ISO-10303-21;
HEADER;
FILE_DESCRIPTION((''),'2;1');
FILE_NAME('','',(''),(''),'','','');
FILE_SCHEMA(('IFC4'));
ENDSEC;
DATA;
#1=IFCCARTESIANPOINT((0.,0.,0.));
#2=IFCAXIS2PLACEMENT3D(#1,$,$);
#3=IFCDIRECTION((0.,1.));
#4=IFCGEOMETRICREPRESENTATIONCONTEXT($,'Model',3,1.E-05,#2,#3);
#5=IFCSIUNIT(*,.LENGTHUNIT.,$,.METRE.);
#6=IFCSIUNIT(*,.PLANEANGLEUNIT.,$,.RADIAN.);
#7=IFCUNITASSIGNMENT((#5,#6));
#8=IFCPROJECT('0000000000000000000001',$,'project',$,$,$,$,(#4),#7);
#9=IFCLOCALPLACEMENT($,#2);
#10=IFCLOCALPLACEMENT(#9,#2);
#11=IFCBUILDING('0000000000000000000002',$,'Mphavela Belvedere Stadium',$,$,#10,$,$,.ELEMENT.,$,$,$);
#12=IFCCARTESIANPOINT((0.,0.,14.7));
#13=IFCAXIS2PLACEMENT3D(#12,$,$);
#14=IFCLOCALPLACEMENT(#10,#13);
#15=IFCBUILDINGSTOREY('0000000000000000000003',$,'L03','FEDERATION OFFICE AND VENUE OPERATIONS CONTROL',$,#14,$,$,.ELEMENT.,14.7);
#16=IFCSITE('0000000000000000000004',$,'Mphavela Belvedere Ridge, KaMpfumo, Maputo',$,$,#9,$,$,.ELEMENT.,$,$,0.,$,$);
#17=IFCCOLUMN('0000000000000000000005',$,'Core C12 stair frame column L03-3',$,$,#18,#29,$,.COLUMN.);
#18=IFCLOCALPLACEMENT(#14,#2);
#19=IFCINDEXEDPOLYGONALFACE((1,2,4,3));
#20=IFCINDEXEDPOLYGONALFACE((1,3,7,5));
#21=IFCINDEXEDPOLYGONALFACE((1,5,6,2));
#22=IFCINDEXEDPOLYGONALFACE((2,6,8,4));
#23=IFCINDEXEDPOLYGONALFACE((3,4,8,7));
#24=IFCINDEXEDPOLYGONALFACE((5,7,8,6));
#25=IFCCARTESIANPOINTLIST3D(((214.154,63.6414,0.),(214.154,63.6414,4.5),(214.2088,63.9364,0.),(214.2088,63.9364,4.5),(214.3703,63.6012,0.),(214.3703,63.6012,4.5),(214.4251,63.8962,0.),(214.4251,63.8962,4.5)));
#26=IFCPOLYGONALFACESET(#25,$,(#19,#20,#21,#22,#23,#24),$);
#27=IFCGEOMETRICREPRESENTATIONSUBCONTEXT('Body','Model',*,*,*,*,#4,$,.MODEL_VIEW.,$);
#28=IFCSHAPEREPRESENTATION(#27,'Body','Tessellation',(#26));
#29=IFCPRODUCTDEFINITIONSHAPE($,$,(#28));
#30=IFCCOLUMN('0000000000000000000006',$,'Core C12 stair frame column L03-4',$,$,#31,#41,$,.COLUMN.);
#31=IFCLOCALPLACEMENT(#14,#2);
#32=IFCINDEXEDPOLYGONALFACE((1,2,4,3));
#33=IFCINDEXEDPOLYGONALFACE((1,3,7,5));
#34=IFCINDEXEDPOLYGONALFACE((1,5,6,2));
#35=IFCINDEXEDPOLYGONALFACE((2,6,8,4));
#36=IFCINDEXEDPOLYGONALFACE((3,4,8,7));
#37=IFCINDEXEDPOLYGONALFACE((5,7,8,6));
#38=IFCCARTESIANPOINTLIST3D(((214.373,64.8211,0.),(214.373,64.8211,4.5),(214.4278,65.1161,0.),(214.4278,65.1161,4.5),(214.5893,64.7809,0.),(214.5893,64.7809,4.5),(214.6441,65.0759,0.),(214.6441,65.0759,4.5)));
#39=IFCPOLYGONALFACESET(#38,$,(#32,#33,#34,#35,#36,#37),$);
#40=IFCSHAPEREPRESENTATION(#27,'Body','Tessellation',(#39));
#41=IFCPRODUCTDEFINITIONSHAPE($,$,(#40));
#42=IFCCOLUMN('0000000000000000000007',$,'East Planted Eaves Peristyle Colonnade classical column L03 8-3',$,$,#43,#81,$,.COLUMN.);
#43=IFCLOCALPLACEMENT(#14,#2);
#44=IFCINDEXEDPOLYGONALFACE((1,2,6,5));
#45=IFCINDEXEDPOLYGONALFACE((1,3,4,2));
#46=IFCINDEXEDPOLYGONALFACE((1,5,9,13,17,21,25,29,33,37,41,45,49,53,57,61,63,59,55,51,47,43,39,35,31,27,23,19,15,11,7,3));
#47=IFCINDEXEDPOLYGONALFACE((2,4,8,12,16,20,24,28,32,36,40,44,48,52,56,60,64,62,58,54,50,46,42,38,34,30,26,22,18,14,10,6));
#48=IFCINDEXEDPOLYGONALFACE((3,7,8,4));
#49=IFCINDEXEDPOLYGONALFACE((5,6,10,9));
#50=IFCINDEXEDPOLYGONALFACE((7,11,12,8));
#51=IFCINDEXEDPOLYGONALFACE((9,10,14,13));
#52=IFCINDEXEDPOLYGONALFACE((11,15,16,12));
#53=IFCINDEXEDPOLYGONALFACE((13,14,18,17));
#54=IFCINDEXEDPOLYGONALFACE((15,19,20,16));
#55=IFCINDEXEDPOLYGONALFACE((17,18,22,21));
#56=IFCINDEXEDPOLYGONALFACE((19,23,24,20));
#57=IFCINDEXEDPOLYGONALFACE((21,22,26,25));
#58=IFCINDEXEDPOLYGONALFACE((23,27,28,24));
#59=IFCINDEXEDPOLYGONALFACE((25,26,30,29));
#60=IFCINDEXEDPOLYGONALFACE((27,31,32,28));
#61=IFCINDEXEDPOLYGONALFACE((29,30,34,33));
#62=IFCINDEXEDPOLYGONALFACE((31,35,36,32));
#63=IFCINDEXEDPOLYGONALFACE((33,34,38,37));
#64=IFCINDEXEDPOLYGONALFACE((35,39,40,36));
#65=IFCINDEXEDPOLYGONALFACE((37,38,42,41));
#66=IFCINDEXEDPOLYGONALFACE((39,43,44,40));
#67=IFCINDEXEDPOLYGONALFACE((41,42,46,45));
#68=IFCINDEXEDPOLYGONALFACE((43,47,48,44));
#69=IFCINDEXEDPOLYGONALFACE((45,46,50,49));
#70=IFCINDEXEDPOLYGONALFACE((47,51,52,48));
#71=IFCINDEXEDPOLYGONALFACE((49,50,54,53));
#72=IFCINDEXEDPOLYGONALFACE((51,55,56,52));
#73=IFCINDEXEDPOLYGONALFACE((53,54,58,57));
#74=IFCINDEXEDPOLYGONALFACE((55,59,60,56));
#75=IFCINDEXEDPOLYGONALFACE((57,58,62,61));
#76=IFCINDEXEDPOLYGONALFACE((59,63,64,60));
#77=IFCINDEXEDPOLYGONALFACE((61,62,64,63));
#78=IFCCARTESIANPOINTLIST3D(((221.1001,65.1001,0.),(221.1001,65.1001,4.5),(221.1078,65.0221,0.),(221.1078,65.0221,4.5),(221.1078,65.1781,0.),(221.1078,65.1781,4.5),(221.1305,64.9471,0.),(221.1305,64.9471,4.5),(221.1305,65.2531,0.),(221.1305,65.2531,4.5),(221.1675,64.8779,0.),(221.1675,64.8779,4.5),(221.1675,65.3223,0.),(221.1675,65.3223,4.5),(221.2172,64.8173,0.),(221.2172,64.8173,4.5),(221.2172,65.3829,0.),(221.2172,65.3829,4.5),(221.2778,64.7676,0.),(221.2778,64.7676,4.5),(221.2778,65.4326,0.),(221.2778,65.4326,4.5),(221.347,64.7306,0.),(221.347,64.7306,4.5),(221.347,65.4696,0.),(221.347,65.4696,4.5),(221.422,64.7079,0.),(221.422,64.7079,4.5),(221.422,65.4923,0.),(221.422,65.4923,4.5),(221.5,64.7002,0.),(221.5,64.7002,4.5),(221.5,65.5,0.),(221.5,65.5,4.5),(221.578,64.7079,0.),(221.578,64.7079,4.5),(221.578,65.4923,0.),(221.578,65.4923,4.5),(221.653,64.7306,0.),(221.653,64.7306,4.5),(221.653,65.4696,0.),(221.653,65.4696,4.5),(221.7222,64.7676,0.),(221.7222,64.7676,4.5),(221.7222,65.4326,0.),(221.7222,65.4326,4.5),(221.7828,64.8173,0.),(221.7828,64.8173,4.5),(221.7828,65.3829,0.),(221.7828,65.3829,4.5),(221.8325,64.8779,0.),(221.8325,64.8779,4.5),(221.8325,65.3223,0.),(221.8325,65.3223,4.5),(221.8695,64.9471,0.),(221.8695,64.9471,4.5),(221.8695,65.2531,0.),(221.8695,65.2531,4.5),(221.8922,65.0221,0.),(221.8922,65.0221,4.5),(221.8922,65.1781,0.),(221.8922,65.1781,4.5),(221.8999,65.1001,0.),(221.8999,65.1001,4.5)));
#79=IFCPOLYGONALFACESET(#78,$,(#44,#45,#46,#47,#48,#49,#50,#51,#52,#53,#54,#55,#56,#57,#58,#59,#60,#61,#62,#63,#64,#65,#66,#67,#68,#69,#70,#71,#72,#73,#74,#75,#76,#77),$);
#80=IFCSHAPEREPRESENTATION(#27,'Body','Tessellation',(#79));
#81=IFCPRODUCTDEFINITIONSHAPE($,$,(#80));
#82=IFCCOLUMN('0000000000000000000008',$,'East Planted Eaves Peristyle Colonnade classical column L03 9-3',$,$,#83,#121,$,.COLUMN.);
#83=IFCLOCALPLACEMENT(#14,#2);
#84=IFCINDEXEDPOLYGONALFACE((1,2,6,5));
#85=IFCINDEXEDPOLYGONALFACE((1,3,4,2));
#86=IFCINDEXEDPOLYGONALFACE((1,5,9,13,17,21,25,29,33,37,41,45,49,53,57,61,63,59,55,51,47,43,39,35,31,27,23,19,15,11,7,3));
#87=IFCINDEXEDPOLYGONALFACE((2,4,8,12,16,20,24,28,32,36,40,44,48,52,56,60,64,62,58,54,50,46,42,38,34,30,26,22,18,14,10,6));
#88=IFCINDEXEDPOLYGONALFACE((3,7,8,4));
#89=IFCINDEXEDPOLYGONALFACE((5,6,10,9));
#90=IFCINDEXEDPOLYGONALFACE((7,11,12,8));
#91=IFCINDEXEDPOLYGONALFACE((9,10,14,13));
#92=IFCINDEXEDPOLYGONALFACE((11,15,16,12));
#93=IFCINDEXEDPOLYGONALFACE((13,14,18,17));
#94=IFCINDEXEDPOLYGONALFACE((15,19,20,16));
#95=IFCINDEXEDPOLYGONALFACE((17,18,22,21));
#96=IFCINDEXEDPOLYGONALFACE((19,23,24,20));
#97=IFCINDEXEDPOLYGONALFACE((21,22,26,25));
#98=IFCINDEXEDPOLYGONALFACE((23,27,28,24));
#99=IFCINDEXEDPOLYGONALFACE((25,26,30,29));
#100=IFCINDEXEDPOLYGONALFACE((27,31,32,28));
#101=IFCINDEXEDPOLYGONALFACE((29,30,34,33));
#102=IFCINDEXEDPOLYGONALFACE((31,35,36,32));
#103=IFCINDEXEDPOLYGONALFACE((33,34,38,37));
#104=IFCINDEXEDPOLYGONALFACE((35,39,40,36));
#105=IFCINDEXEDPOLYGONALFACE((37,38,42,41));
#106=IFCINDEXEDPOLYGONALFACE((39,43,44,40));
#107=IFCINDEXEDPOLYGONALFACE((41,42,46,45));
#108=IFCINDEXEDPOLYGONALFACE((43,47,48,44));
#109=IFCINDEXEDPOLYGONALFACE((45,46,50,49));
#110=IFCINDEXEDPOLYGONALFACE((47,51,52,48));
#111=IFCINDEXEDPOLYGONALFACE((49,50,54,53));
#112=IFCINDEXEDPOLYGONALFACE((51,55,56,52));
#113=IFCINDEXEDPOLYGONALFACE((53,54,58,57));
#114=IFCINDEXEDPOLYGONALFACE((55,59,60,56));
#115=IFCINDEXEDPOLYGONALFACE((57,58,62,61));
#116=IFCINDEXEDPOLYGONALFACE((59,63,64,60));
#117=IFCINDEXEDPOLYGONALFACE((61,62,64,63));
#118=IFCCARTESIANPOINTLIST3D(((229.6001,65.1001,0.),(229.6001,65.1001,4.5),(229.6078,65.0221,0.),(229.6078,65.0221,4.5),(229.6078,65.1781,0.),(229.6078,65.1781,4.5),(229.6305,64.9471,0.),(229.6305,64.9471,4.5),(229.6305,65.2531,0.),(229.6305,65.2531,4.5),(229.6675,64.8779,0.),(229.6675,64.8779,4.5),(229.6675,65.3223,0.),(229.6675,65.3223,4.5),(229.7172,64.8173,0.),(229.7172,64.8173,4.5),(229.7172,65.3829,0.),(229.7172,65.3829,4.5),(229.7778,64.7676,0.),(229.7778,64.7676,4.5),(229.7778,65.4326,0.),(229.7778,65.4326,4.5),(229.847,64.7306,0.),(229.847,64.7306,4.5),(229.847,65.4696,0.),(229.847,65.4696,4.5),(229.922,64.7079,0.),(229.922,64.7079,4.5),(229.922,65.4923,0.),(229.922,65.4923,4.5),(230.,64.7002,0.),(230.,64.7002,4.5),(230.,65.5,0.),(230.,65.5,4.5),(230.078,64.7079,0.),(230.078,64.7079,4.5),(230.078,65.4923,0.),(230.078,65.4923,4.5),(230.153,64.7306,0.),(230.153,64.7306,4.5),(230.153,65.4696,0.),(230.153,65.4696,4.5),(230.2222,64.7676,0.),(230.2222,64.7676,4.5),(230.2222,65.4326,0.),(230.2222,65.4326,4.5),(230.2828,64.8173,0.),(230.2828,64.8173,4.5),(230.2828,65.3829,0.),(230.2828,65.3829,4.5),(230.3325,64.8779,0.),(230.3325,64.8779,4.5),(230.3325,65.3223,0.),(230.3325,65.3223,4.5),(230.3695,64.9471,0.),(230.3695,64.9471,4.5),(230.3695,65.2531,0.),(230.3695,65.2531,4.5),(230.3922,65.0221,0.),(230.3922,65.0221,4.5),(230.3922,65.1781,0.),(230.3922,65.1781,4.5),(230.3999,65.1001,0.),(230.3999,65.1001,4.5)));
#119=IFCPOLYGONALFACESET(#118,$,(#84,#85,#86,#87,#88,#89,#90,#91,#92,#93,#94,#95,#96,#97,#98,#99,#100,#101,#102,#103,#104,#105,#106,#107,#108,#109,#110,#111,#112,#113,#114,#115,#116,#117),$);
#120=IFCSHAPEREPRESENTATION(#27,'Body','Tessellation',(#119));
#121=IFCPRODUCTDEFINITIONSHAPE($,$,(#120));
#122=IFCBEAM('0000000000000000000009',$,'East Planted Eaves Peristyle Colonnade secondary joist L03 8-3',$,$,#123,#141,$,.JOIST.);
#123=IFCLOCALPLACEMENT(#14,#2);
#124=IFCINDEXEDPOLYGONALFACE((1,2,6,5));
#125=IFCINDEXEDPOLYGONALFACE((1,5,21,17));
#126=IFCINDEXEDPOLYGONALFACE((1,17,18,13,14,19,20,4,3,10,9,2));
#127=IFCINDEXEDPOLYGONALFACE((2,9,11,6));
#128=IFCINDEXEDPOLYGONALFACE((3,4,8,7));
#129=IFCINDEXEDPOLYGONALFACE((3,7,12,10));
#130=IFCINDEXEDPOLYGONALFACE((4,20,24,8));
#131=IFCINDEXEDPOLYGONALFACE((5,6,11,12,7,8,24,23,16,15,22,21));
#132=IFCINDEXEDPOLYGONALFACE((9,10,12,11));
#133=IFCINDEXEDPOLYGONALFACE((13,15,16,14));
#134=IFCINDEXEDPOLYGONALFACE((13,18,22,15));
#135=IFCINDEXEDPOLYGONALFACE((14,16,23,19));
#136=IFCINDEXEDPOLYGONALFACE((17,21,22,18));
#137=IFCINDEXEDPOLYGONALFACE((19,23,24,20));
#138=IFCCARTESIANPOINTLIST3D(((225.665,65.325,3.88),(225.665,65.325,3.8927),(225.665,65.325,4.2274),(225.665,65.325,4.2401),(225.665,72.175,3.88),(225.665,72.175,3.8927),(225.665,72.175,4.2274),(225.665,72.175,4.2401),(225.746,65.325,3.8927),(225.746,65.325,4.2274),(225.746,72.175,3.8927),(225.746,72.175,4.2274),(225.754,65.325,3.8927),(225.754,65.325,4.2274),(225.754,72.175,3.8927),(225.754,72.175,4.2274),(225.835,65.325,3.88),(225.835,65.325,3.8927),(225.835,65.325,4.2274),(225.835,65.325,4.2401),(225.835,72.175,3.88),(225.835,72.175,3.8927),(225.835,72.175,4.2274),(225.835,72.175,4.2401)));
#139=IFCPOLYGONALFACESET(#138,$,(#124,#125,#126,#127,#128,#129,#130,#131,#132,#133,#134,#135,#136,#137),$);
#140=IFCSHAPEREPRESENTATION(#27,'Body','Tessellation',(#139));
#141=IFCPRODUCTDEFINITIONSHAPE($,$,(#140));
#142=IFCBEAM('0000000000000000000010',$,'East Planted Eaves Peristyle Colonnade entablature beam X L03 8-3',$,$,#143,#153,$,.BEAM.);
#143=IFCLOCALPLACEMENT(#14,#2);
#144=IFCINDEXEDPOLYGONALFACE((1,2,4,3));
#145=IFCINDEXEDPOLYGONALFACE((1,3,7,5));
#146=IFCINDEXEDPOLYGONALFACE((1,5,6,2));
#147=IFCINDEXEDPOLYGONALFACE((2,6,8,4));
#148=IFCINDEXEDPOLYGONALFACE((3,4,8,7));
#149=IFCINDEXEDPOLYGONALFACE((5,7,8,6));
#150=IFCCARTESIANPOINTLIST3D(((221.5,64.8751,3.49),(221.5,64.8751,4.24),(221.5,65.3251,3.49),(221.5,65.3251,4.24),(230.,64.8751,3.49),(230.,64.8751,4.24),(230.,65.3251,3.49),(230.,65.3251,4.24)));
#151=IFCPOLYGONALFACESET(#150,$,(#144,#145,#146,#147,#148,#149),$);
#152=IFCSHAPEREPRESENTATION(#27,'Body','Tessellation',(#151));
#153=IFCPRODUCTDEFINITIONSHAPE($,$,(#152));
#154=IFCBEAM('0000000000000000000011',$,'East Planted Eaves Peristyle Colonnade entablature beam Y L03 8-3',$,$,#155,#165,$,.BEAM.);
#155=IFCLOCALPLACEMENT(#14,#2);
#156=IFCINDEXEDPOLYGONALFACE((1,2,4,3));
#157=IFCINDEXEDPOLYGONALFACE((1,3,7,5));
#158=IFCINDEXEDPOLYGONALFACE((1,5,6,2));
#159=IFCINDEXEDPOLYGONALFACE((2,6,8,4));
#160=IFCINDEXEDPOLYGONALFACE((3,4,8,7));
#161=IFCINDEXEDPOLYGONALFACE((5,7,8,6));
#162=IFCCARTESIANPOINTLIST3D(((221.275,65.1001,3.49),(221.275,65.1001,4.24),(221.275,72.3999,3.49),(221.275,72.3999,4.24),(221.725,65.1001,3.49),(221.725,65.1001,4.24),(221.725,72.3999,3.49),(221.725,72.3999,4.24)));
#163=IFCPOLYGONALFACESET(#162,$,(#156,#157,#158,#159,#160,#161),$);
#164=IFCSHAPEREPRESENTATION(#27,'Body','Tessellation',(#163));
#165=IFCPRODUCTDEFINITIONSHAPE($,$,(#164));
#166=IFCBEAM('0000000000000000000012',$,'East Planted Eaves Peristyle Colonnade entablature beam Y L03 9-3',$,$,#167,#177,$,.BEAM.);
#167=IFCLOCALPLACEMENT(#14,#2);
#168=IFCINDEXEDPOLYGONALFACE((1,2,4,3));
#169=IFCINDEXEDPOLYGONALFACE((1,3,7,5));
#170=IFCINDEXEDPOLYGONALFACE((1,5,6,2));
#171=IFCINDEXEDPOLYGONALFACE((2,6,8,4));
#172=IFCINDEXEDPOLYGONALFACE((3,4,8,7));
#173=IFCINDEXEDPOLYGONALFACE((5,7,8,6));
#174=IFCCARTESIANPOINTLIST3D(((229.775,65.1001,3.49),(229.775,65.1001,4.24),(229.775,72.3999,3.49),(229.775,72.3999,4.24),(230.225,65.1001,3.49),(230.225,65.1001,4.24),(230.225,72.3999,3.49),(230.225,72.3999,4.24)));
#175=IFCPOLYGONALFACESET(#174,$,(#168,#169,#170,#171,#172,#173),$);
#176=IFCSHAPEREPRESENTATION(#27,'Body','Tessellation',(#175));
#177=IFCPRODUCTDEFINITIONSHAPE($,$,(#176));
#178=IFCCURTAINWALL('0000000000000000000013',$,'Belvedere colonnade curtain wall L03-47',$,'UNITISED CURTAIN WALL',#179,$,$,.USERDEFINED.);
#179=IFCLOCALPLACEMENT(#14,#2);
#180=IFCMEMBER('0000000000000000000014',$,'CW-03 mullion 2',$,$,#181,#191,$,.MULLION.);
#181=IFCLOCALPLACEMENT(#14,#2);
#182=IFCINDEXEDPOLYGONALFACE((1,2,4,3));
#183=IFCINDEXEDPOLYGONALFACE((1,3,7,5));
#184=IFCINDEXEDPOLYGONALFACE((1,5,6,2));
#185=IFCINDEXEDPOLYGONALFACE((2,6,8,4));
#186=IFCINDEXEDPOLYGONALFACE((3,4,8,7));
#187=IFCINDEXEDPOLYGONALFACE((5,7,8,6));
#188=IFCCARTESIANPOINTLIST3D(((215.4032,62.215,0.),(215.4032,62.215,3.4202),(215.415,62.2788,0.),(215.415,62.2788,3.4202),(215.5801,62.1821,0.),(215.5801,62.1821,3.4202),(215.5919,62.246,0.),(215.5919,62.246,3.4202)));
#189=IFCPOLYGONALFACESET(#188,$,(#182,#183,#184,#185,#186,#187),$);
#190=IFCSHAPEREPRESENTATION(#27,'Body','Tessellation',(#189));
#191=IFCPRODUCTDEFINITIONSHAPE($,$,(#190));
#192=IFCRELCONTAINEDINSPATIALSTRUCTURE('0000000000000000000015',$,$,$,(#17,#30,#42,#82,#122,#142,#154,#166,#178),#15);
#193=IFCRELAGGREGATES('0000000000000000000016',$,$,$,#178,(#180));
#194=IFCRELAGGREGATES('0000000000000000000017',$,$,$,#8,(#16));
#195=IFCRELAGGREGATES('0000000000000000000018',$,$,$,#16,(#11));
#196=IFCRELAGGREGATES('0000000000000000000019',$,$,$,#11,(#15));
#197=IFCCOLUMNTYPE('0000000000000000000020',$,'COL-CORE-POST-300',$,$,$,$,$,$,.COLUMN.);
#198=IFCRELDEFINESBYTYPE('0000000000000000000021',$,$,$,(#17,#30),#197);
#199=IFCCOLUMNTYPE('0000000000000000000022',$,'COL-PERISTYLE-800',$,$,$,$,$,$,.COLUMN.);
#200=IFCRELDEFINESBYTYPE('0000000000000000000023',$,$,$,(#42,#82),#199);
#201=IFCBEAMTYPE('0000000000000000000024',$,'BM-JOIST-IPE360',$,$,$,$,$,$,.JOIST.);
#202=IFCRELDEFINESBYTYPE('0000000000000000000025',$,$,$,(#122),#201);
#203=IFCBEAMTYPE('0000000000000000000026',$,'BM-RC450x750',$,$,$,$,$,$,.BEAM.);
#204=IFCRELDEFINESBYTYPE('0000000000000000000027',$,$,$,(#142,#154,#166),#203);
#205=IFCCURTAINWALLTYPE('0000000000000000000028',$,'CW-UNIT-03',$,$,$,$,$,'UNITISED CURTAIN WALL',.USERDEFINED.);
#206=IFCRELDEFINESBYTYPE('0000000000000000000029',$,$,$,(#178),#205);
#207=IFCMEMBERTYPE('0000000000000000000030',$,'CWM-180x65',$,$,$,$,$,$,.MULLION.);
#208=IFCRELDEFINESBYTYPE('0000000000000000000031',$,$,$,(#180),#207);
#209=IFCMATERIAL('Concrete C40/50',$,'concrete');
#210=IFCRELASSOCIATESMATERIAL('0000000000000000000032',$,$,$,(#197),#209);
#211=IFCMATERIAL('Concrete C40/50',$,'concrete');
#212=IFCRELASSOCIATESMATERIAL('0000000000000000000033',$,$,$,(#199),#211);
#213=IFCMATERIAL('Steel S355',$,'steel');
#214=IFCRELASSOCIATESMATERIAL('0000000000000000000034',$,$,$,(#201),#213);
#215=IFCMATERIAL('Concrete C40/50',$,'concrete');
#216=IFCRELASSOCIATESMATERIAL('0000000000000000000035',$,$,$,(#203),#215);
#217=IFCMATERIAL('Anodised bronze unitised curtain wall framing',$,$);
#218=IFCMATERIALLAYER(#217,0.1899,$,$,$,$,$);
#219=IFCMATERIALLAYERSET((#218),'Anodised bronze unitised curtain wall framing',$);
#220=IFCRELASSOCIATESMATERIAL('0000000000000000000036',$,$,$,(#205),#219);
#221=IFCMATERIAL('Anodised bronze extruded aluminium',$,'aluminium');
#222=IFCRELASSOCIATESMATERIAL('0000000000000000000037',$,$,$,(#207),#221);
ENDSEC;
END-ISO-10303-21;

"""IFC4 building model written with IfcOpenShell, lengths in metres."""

from ifc_helpers import new_model, si_unit, direction, frame, origin, origin_2d, place, context, subcontext, project, spatial, rectangle, circle, i_section, extrude, material, layer, layer_set, material_profile, profile_set, type_object, element, aggregate, save


model = new_model("IFC4")

# Units and contexts
model_context = context("Model", 3, precision=1e-05, world=origin(), true_north=direction((0.0, 1.0)))
body_context = subcontext(model_context, "Body", "Model", "MODEL_VIEW")
ifc_project = project(units=[si_unit("LENGTHUNIT", "METRE"), si_unit("PLANEANGLEUNIT", "RADIAN")], contexts=[model_context])

# Site, building, storey
site_placement = place(None, origin())
site = spatial("IfcSite", under=ifc_project, at=site_placement, Name="Mphavela Belvedere Ridge, KaMpfumo, Maputo", CompositionType="ELEMENT", RefElevation=0.0)
building_placement = place(site_placement, origin())
building = spatial("IfcBuilding", under=site, at=building_placement, Name="Mphavela Belvedere Stadium", CompositionType="ELEMENT")
storey_placement = place(building_placement, frame((0.0, 0.0, 14.7)))
storey = spatial("IfcBuildingStorey", under=building, at=storey_placement, Name="L03", Description="FEDERATION OFFICE AND VENUE OPERATIONS CONTROL", CompositionType="ELEMENT", Elevation=14.7)

# Columns
ifc_material_1 = material(Name="Concrete C40/50", Category="concrete")
ifc_material_profile_1 = material_profile(ifc_material_1, rectangle(XDim=0.3, YDim=0.22, at=origin_2d()), Name="RC 300x220")
ifc_profile_set_1 = profile_set([ifc_material_profile_1], Name="Concrete C40/50")
column_type_1 = type_object("IfcColumnType", Name="COL-CORE-POST-300", PredefinedType="COLUMN", material=ifc_profile_set_1)
for number, where, z_axis, x_axis, name in (
    (1, (214.2896, 63.7688, 0.0), (0.0, 0.0, 1.0), (-0.182579, -0.983191, 0.0), "Core C12 stair frame column L03-3"),
    (2, (214.5085, 64.9485, 0.0), (0.0, 0.0, 1.0), (-0.182579, -0.983191, 0.0), "Core C12 stair frame column L03-4"),
):
    element("IfcColumn", number, at=place(storey_placement, frame(where, z_axis=z_axis, x_axis=x_axis)), inside=storey, type_object=column_type_1, Name=name, PredefinedType="COLUMN", context=body_context, shape_type="SweptSolid", body=[
        extrude(rectangle(XDim=0.3, YDim=0.22, at=origin_2d()), origin(), (0.0, 0.0, 1.0), 4.5),
    ])
ifc_material_2 = material(Name="Concrete C40/50", Category="concrete")
ifc_material_profile_2 = material_profile(ifc_material_2, circle(Radius=0.3999, at=origin_2d()), Name="COL D800")
ifc_profile_set_2 = profile_set([ifc_material_profile_2], Name="Concrete C40/50")
column_type_2 = type_object("IfcColumnType", Name="COL-PERISTYLE-800", PredefinedType="COLUMN", material=ifc_profile_set_2)
for number, where, z_axis, x_axis, name in (
    (3, (221.5, 65.1001, 0.0), (0.0, 0.0, 1.0), (1.0, 0.0, 0.0), "East Planted Eaves Peristyle Colonnade classical column L03 8-3"),
    (4, (230.0, 65.1001, 0.0), (0.0, 0.0, 1.0), (1.0, 0.0, 0.0), "East Planted Eaves Peristyle Colonnade classical column L03 9-3"),
):
    element("IfcColumn", number, at=place(storey_placement, frame(where, z_axis=z_axis, x_axis=x_axis)), inside=storey, type_object=column_type_2, Name=name, PredefinedType="COLUMN", context=body_context, shape_type="SweptSolid", body=[
        extrude(circle(Radius=0.3999, at=origin_2d()), origin(), (0.0, 0.0, 1.0), 4.5),
    ])

# Beams
ifc_material_3 = material(Name="Steel S355", Category="steel")
ifc_material_profile_3 = material_profile(ifc_material_3, i_section(OverallWidth=0.1699, OverallDepth=0.3601, WebThickness=0.0081, FlangeThickness=0.0127, at=origin_2d()), Name="IPE 360")
ifc_profile_set_3 = profile_set([ifc_material_profile_3], Name="Steel S355")
beam_type_1 = type_object("IfcBeamType", Name="BM-JOIST-IPE360", PredefinedType="JOIST", material=ifc_profile_set_3)
beam_1_placement = place(storey_placement, frame((225.75, 65.325, 4.0601), z_axis=(0.0, 1.0, 0.0), x_axis=(-1.0, 0.0, 0.0)))
element("IfcBeam", 5, at=beam_1_placement, inside=storey, type_object=beam_type_1, Name="East Planted Eaves Peristyle Colonnade secondary joist L03 8-3", PredefinedType="JOIST", context=body_context, shape_type="SweptSolid", body=[
    extrude(i_section(OverallWidth=0.1699, OverallDepth=0.3601, WebThickness=0.0081, FlangeThickness=0.0127, at=origin_2d()), origin(), (0.0, 0.0, 1.0), 6.8501),
])
ifc_material_4 = material(Name="Concrete C40/50", Category="concrete")
ifc_material_profile_4 = material_profile(ifc_material_4, rectangle(XDim=0.45, YDim=0.75, at=origin_2d()), Name="RC 450x750")
ifc_profile_set_4 = profile_set([ifc_material_profile_4], Name="Concrete C40/50")
beam_type_2 = type_object("IfcBeamType", Name="BM-RC450x750", PredefinedType="BEAM", material=ifc_profile_set_4)
beam_2_placement = place(storey_placement, frame((221.5, 65.1001, 3.865), z_axis=(1.0, 0.0, 0.0), x_axis=(0.0, 1.0, 0.0)))
element("IfcBeam", 6, at=beam_2_placement, inside=storey, type_object=beam_type_2, Name="East Planted Eaves Peristyle Colonnade entablature beam X L03 8-3", PredefinedType="BEAM", context=body_context, shape_type="SweptSolid", body=[
    extrude(rectangle(XDim=0.45, YDim=0.75, at=origin_2d()), origin(), (0.0, 0.0, 1.0), 8.5),
])
for number, where, z_axis, x_axis, name in (
    (7, (221.5, 65.1001, 3.865), (0.0, 1.0, 0.0), (-1.0, 0.0, 0.0), "East Planted Eaves Peristyle Colonnade entablature beam Y L03 8-3"),
    (8, (230.0, 65.1001, 3.865), (0.0, 1.0, 0.0), (-1.0, 0.0, 0.0), "East Planted Eaves Peristyle Colonnade entablature beam Y L03 9-3"),
):
    element("IfcBeam", number, at=place(storey_placement, frame(where, z_axis=z_axis, x_axis=x_axis)), inside=storey, type_object=beam_type_2, Name=name, PredefinedType="BEAM", context=body_context, shape_type="SweptSolid", body=[
        extrude(rectangle(XDim=0.45, YDim=0.75, at=origin_2d()), origin(), (0.0, 0.0, 1.0), 7.2998),
    ])

# Curtain wall, member
ifc_material_5 = material(Name="Anodised bronze unitised curtain wall framing")
ifc_layer_1 = layer(ifc_material_5, 0.1899)
ifc_layer_set_1 = layer_set([ifc_layer_1], Name="Anodised bronze unitised curtain wall framing")
curtain_wall_type = type_object("IfcCurtainWallType", Name="CW-UNIT-03", ElementType="UNITISED CURTAIN WALL", PredefinedType="USERDEFINED", material=ifc_layer_set_1)
curtain_wall_placement = place(storey_placement, origin())
curtain_wall = element("IfcCurtainWall", 9, at=curtain_wall_placement, inside=storey, type_object=curtain_wall_type, Name="Belvedere colonnade curtain wall L03-47", ObjectType="UNITISED CURTAIN WALL", PredefinedType="USERDEFINED")
ifc_material_6 = material(Name="Anodised bronze extruded aluminium", Category="aluminium")
ifc_material_profile_5 = material_profile(ifc_material_6, rectangle(XDim=0.1799, YDim=0.0649, at=origin_2d()), Name="CW-MUL 180x65")
ifc_profile_set_5 = profile_set([ifc_material_profile_5], Name="Anodised bronze extruded aluminium")
member_type_1 = type_object("IfcMemberType", Name="CWM-180x65", PredefinedType="MULLION", material=ifc_profile_set_5)
member_1_placement = place(storey_placement, frame((215.4976, 62.2305, 0.0), z_axis=(0.0, 0.0, 1.0), x_axis=(-0.983181, 0.182631, 0.0)))
member_1 = element("IfcMember", 10, at=member_1_placement, type_object=member_type_1, Name="CW-03 mullion 2", PredefinedType="MULLION", context=body_context, shape_type="SweptSolid", body=[
    extrude(rectangle(XDim=0.1799, YDim=0.0649, at=origin_2d()), origin(), (0.0, 0.0, 1.0), 3.4202),
])
aggregate(curtain_wall, [member_1])

save(model, "model.ifc")
